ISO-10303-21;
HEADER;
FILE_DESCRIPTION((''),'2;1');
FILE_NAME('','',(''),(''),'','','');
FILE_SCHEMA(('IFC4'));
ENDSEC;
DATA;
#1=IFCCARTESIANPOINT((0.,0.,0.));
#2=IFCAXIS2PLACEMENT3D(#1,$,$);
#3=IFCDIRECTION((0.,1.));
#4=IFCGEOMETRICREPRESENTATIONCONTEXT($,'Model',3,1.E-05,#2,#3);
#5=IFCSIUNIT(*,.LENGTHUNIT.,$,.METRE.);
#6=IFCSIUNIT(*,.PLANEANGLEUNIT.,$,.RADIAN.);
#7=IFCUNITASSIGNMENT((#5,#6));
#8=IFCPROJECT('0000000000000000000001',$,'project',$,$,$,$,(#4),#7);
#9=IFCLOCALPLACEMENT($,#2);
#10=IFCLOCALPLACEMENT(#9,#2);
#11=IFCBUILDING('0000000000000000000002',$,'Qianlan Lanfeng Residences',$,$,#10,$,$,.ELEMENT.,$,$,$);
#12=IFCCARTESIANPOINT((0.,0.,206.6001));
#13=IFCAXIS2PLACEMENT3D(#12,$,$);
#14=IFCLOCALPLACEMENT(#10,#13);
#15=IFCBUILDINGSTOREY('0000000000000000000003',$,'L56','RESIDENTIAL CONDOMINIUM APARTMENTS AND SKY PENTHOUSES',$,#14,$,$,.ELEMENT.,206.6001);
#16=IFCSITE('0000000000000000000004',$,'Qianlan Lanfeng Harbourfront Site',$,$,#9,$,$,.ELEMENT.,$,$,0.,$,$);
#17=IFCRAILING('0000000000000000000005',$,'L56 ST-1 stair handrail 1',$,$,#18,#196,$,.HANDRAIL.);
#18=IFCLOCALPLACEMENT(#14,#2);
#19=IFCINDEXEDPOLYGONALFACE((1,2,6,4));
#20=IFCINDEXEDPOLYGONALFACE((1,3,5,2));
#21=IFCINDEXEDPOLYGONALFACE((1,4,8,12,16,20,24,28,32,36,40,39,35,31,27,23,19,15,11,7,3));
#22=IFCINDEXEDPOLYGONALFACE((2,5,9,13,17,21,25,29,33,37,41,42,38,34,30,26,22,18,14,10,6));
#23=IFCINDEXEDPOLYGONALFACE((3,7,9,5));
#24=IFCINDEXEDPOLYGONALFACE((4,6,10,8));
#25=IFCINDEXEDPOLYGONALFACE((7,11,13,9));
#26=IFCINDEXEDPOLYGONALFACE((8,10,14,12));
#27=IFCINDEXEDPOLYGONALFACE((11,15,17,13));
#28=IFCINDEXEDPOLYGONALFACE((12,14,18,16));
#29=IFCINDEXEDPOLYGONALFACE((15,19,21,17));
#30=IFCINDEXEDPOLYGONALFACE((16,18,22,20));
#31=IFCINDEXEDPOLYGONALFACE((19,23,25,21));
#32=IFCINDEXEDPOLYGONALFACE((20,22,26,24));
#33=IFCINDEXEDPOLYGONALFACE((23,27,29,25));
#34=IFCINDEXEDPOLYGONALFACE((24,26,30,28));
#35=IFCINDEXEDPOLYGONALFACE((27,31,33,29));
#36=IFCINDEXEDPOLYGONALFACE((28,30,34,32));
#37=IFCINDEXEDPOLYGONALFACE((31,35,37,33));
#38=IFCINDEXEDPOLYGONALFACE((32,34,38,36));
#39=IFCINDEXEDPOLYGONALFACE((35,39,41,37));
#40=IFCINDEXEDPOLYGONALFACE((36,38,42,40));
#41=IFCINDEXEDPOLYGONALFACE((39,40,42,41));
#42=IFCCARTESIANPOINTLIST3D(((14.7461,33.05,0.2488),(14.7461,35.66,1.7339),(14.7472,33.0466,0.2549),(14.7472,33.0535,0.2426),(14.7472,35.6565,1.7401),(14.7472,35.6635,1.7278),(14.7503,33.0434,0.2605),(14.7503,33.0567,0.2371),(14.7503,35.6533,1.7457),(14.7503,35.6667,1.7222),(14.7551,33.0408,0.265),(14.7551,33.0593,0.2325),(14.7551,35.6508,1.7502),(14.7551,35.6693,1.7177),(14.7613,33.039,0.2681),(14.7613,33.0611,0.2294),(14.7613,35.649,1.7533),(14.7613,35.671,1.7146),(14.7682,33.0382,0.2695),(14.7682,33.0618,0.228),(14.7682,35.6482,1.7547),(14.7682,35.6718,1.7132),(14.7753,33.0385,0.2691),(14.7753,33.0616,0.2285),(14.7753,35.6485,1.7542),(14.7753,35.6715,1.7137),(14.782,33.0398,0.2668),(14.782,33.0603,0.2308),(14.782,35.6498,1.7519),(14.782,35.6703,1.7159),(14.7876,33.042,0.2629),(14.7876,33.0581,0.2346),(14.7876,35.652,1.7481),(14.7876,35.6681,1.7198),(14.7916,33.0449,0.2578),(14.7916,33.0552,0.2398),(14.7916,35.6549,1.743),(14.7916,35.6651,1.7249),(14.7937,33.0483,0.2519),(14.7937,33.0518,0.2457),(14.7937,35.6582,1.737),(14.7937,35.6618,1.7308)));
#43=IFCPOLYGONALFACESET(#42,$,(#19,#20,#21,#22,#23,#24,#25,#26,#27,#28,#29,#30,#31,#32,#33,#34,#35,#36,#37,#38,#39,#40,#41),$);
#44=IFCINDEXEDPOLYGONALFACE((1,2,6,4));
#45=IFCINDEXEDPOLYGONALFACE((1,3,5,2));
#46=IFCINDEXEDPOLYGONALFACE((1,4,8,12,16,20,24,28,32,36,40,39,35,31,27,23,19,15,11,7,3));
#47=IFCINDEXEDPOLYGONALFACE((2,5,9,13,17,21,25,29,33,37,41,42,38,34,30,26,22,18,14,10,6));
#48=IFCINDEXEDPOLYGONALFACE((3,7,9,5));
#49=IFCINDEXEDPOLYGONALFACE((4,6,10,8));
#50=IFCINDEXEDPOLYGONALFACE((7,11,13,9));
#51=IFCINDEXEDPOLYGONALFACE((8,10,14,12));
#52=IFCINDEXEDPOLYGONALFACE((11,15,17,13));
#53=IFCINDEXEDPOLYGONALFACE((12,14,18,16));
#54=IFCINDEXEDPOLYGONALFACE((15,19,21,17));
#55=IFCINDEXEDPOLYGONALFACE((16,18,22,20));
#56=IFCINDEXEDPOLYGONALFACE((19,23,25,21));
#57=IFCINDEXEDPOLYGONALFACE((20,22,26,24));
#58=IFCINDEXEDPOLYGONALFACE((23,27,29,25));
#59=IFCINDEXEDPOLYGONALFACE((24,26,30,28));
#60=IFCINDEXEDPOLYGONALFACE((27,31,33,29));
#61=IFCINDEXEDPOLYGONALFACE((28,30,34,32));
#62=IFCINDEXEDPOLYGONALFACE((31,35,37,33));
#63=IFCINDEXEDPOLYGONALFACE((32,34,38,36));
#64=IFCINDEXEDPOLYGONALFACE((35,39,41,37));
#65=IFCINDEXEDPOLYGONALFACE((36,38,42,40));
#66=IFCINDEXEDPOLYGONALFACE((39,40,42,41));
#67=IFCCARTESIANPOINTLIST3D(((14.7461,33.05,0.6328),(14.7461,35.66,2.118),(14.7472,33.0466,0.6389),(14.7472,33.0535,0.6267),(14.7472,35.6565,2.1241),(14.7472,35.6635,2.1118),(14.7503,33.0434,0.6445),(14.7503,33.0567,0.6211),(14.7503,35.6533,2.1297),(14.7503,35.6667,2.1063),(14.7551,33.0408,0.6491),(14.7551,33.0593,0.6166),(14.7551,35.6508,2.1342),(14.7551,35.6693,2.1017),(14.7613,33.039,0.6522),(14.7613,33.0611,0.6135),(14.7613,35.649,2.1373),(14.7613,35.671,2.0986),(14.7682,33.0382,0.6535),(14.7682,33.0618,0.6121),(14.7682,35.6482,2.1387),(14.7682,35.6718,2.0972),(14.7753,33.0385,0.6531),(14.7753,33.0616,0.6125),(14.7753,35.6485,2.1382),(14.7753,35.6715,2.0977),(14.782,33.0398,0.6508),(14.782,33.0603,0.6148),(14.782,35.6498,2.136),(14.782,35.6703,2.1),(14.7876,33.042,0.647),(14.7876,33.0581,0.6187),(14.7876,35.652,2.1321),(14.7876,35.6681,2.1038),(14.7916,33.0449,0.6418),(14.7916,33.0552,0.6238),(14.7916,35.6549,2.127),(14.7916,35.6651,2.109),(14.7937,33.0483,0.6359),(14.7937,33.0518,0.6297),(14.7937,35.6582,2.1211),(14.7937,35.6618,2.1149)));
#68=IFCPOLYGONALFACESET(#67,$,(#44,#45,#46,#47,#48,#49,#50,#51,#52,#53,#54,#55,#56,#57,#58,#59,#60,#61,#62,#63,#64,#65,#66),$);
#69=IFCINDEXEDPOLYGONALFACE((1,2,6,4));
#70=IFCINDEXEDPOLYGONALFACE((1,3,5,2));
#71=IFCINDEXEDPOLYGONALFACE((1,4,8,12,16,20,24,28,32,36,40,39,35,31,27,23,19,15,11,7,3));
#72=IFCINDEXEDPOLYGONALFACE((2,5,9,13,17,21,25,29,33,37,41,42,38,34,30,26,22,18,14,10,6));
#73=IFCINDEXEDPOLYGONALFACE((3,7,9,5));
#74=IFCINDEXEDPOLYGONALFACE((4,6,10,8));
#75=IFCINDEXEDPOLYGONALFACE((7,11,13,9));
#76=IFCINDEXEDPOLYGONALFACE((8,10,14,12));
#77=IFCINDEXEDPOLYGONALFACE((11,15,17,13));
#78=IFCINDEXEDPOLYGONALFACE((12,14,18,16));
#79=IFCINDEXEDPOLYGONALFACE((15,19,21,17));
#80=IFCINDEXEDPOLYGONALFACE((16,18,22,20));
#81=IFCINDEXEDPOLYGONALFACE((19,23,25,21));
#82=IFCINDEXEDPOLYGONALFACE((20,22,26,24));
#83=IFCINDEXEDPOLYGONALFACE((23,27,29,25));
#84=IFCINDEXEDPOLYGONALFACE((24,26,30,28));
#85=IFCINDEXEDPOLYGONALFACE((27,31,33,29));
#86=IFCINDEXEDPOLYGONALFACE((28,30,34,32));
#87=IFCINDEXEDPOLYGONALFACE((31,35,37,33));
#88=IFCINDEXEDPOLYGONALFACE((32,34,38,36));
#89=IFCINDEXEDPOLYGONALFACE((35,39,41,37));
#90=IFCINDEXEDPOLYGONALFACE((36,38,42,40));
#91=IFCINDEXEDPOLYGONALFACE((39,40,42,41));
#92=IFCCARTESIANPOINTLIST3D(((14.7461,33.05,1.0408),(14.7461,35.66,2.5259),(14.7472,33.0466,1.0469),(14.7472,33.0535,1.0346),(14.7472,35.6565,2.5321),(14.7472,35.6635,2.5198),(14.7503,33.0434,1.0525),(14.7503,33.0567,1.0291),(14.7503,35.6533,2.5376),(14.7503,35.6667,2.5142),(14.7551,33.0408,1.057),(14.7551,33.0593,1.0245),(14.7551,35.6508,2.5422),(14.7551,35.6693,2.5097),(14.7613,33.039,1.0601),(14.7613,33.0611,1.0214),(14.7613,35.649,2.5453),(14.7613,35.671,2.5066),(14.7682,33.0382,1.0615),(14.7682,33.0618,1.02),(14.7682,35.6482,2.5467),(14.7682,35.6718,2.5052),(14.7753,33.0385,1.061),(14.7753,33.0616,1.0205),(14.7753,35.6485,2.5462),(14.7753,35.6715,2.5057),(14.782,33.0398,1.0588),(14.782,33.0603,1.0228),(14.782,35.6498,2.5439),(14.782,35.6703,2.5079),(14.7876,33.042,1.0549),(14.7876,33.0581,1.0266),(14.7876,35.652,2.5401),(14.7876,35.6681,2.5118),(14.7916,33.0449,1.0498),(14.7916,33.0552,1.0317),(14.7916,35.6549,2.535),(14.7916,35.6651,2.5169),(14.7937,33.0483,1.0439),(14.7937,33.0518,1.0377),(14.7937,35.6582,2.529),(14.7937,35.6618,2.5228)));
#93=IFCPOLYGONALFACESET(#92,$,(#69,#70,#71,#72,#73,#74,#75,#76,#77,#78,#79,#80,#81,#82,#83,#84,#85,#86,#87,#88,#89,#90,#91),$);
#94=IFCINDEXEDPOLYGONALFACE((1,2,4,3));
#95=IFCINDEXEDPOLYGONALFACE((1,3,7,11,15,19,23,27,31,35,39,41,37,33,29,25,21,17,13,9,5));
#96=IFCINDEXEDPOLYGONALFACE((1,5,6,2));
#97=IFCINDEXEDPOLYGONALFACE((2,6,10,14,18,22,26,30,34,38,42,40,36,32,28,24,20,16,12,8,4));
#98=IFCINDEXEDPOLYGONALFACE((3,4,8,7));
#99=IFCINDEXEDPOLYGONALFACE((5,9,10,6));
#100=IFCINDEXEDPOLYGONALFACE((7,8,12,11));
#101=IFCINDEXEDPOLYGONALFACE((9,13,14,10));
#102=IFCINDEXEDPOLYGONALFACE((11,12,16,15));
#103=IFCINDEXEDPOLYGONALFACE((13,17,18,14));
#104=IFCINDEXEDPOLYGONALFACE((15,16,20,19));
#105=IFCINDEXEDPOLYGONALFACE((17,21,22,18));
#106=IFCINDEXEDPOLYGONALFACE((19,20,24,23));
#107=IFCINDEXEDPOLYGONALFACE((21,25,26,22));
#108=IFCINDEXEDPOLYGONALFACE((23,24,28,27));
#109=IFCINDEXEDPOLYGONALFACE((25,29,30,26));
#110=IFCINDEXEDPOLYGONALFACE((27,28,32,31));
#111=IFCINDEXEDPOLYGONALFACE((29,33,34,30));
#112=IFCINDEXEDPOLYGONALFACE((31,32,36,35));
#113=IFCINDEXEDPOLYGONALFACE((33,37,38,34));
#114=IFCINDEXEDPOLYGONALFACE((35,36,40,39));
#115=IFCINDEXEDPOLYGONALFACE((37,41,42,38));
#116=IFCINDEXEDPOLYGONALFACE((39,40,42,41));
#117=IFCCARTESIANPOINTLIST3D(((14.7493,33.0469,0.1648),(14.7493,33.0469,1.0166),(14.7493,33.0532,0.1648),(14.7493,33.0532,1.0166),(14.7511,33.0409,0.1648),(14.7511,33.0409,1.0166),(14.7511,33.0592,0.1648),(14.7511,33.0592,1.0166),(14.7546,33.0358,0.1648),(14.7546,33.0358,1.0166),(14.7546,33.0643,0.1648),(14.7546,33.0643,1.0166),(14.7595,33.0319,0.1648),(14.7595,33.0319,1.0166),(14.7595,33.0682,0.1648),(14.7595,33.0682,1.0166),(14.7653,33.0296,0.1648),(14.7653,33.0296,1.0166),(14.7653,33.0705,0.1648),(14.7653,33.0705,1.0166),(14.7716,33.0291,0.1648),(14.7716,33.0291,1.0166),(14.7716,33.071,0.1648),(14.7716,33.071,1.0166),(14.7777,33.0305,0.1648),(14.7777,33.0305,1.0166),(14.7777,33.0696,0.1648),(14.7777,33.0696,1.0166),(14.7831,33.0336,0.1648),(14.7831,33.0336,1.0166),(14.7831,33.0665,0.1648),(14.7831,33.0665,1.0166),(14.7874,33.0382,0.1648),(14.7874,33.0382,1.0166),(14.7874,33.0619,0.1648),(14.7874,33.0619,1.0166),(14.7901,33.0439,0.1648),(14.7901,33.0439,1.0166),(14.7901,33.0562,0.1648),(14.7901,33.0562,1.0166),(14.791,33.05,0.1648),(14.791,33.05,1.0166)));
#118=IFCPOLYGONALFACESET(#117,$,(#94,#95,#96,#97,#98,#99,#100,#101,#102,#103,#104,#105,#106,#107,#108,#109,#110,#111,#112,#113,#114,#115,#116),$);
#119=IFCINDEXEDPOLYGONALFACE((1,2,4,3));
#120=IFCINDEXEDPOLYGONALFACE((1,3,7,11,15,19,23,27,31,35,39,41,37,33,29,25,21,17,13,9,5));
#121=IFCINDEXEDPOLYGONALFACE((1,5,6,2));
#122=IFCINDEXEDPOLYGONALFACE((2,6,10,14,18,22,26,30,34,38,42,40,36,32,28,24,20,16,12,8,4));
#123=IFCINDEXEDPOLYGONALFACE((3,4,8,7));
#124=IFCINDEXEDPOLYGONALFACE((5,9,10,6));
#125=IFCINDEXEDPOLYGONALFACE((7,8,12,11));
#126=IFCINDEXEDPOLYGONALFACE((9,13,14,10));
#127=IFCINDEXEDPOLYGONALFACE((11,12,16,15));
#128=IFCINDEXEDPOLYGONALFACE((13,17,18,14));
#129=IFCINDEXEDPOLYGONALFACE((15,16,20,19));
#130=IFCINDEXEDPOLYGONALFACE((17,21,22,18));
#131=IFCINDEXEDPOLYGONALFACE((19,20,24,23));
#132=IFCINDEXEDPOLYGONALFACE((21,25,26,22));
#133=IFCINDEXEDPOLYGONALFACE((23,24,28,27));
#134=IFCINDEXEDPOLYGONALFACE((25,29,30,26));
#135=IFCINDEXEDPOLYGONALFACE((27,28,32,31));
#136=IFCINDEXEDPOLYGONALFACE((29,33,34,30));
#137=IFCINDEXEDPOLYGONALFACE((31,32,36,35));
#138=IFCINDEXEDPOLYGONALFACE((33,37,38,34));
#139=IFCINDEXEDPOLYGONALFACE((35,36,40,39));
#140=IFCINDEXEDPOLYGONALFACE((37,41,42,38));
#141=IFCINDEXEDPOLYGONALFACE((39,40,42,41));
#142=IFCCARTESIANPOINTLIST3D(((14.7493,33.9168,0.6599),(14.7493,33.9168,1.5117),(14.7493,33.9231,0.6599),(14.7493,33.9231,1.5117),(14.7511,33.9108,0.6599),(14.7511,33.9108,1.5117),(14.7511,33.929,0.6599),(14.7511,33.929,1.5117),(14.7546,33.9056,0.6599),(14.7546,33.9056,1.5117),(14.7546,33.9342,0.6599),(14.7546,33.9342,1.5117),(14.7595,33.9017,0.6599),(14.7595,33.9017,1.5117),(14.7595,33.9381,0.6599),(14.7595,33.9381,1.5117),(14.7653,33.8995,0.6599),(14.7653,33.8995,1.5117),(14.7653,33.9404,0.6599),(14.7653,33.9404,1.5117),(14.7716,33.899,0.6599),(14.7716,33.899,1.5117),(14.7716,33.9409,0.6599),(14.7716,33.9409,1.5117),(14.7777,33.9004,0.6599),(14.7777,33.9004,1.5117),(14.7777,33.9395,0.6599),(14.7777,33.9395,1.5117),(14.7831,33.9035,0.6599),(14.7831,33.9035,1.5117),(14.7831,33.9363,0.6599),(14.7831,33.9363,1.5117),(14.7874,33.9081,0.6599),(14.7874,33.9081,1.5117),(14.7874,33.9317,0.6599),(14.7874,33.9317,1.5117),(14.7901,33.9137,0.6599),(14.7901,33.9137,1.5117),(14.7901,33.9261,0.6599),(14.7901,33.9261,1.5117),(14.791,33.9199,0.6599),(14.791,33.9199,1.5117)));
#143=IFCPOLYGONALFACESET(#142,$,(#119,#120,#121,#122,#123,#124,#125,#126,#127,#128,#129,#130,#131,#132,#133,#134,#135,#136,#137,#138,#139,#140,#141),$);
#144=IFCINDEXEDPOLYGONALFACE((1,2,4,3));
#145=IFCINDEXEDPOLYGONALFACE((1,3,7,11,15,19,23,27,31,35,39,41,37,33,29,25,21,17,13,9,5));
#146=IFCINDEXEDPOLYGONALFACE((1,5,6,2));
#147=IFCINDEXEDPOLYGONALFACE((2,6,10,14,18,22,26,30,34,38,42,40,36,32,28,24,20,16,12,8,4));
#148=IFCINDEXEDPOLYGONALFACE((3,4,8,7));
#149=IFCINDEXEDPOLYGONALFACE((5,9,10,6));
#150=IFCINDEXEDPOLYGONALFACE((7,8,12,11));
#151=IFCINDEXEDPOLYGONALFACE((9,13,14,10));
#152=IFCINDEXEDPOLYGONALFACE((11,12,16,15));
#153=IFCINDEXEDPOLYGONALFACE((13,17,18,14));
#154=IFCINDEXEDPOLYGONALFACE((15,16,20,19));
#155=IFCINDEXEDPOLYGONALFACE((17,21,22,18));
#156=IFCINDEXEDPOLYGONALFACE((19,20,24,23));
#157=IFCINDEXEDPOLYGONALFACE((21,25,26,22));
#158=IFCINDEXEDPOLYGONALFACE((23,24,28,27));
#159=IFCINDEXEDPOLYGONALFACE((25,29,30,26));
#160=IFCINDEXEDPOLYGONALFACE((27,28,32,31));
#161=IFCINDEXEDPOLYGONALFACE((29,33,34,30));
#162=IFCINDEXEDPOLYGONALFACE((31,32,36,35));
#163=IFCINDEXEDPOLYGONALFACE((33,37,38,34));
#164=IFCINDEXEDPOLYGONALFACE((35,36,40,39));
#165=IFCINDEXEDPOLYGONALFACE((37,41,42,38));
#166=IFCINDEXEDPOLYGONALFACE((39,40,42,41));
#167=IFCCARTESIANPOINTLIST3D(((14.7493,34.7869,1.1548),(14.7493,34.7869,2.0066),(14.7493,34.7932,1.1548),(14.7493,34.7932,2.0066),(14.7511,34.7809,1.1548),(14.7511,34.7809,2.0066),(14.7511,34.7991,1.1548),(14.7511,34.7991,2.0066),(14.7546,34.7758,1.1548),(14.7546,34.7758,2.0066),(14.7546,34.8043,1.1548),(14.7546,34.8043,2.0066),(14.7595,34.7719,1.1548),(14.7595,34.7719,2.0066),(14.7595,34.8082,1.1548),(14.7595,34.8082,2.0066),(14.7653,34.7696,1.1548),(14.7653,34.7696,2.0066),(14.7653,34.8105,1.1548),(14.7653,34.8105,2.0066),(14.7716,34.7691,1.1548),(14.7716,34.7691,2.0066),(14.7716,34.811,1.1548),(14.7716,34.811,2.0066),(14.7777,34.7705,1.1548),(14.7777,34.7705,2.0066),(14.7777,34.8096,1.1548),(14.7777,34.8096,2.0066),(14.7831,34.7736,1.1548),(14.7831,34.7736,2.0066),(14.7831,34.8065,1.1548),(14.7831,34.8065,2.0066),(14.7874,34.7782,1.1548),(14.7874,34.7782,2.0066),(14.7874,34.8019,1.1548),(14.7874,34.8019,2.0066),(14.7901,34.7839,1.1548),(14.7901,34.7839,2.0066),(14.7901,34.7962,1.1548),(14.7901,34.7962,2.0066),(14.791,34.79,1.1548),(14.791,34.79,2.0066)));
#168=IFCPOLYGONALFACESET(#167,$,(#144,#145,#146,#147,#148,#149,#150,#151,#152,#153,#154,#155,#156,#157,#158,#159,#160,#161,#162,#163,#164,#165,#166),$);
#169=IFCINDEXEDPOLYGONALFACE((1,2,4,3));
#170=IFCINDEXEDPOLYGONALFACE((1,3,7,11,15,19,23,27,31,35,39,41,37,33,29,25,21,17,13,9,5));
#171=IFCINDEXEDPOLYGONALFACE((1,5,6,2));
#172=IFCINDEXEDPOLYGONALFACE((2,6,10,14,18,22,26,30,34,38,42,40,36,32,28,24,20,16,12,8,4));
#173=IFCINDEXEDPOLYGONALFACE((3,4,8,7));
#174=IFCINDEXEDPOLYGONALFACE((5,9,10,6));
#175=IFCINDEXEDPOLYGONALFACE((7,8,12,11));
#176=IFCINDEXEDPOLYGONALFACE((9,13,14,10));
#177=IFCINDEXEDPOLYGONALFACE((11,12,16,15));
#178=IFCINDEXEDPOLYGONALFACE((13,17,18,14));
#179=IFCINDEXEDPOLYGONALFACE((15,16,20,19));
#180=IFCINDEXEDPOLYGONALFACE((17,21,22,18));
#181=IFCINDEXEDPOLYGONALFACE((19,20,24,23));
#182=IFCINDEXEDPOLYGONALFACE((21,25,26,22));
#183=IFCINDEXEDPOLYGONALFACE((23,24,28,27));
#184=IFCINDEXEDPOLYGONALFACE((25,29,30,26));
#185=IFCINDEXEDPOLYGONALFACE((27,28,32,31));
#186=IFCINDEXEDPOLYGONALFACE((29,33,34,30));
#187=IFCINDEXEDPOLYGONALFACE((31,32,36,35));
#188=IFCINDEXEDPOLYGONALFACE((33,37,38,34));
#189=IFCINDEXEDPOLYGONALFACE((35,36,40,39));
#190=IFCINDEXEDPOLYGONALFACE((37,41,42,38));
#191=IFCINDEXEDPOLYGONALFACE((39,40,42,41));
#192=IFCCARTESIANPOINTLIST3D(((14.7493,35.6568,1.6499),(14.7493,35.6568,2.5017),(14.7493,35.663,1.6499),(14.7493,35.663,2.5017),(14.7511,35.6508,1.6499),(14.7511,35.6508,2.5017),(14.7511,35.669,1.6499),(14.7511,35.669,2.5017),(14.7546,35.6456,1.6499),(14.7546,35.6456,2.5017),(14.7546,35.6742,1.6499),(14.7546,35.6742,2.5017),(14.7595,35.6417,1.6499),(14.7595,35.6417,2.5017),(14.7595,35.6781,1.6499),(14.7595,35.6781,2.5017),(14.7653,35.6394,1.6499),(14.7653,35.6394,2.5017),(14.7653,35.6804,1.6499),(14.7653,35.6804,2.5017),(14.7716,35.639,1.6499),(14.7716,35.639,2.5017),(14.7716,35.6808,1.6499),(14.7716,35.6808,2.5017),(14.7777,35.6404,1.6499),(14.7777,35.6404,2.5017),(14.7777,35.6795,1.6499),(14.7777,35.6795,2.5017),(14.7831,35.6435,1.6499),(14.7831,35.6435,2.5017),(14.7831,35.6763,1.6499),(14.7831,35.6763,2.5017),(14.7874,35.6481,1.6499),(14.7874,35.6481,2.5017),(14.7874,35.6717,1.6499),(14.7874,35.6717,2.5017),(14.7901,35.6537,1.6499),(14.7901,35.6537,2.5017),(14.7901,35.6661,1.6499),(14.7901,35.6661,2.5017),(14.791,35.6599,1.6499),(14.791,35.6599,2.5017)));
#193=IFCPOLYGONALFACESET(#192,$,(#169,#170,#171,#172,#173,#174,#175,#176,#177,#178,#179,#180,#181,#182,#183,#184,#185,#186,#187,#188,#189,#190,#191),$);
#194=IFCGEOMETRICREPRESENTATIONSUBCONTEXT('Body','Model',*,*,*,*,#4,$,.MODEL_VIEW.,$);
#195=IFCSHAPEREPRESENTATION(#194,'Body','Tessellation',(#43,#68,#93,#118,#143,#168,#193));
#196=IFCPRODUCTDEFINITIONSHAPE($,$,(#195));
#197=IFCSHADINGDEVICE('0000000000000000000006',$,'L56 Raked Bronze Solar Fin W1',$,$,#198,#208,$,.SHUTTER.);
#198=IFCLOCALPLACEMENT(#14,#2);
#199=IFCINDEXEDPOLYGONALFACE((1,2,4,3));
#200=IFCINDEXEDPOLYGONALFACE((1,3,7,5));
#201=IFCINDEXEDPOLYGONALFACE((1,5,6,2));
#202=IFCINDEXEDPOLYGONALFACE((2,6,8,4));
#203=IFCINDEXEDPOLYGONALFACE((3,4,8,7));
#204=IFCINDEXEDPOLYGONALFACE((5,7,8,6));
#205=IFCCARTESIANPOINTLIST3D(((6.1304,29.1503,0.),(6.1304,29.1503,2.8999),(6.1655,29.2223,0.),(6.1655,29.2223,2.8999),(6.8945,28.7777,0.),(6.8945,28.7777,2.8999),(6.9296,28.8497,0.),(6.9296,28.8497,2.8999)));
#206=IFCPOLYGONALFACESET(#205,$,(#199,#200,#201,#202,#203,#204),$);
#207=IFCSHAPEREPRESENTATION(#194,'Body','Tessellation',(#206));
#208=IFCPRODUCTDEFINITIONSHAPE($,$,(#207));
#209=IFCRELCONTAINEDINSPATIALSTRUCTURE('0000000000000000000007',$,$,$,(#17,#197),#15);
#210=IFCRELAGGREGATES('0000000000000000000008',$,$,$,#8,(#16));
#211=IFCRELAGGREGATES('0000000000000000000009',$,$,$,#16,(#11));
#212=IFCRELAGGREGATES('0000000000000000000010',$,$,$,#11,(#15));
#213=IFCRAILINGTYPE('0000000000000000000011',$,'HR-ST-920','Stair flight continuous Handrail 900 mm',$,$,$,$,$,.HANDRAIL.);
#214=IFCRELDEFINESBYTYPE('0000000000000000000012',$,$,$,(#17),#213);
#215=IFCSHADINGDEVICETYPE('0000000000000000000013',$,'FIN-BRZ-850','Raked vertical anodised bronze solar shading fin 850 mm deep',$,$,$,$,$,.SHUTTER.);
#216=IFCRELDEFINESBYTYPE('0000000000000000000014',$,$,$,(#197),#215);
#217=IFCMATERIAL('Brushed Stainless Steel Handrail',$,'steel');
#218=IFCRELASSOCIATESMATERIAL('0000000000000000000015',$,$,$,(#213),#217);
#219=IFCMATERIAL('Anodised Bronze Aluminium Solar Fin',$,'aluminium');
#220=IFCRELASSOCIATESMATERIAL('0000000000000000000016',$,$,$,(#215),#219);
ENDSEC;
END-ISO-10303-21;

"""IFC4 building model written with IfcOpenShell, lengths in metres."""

from ifc_helpers import new_model, si_unit, direction, frame, origin, origin_2d, place, context, subcontext, project, spatial, rectangle, circle, extrude, source, transform, mapped, material, type_object, element, save


model = new_model("IFC4")

# Units and contexts
model_context = context("Model", 3, precision=1e-05, world=origin(), true_north=direction((0.0, 1.0)))
body_context = subcontext(model_context, "Body", "Model", "MODEL_VIEW")
ifc_project = project(units=[si_unit("LENGTHUNIT", "METRE"), si_unit("PLANEANGLEUNIT", "RADIAN")], contexts=[model_context])

# Site, building, storey
site_placement = place(None, origin())
site = spatial("IfcSite", under=ifc_project, at=site_placement, Name="Qianlan Lanfeng Harbourfront Site", CompositionType="ELEMENT", RefElevation=0.0)
building_placement = place(site_placement, origin())
building = spatial("IfcBuilding", under=site, at=building_placement, Name="Qianlan Lanfeng Residences", CompositionType="ELEMENT")
storey_placement = place(building_placement, frame((0.0, 0.0, 206.6001)))
storey = spatial("IfcBuildingStorey", under=building, at=storey_placement, Name="L56", Description="RESIDENTIAL CONDOMINIUM APARTMENTS AND SKY PENTHOUSES", CompositionType="ELEMENT", Elevation=206.6001)

# Railing
ifc_material_1 = material(Name="Brushed Stainless Steel Handrail", Category="steel")
railing_type_1 = type_object("IfcRailingType", Name="HR-ST-920", Description="Stair flight continuous Handrail 900 mm", PredefinedType="HANDRAIL", material=ifc_material_1)
railing_1_placement = place(storey_placement, frame((14.77, 33.05, 0.1648)))
element("IfcRailing", 1, at=railing_1_placement, inside=storey, type_object=railing_type_1, Name="L56 ST-1 stair handrail 1", PredefinedType="HANDRAIL", context=body_context, shape_type="SweptSolid", body=[
    extrude(circle(Radius=0.0239, at=origin_2d()), frame((0.0, 0.0, 0.084), z_axis=(0.0, 0.869137, 0.494571), x_axis=(-1.0, 0.0, 0.0)), (0.0, 0.0, 1.0), 3.0029),
    extrude(circle(Radius=0.0239, at=origin_2d()), frame((0.0, 0.0, 0.468), z_axis=(0.0, 0.869137, 0.494571), x_axis=(-1.0, 0.0, 0.0)), (0.0, 0.0, 1.0), 3.0029),
    extrude(circle(Radius=0.0239, at=origin_2d()), frame((0.0, 0.0, 0.876), z_axis=(0.0, 0.869137, 0.494571), x_axis=(-1.0, 0.0, 0.0)), (0.0, 0.0, 1.0), 3.0029),
    extrude(circle(Radius=0.021, at=origin_2d()), origin(), (0.0, 0.0, 1.0), 0.8518),
    extrude(circle(Radius=0.021, at=origin_2d()), frame((0.0, 0.8699, 0.4951)), (0.0, 0.0, 1.0), 0.8518),
    extrude(circle(Radius=0.021, at=origin_2d()), frame((0.0, 1.74, 0.99)), (0.0, 0.0, 1.0), 0.8518),
    extrude(circle(Radius=0.021, at=origin_2d()), frame((0.0, 2.6099, 1.4851)), (0.0, 0.0, 1.0), 0.8518),
])

# Shading device
ifc_material_2 = material(Name="Anodised Bronze Aluminium Solar Fin", Category="aluminium")
shading_device_type = type_object("IfcShadingDeviceType", Name="FIN-BRZ-850", Description="Raked vertical anodised bronze solar shading fin 850 mm deep", PredefinedType="SHUTTER", material=ifc_material_2)
shared_shape_1 = source(origin(), body_context, "Body", "SweptSolid", [
    extrude(rectangle(XDim=0.8501, YDim=0.0801, at=origin_2d()), origin(), (0.0, 0.0, 1.0), 2.8999),
])
for number, where, z_axis, x_axis, name in (
    (2, (6.53, 29.0, 0.0), (0.0, 0.0, 1.0), (0.898794, -0.438371, 0.0), "L56 Raked Bronze Solar Fin W1"),
):
    element("IfcShadingDevice", number, at=place(storey_placement, frame(where, z_axis=z_axis, x_axis=x_axis)), inside=storey, type_object=shading_device_type, Name=name, PredefinedType="SHUTTER", context=body_context, shape_type="MappedRepresentation", body=[
        mapped(shared_shape_1, transform((0.0, 0.0, 0.0), scale=1.0)),
    ])

save(model, "model.ifc")
